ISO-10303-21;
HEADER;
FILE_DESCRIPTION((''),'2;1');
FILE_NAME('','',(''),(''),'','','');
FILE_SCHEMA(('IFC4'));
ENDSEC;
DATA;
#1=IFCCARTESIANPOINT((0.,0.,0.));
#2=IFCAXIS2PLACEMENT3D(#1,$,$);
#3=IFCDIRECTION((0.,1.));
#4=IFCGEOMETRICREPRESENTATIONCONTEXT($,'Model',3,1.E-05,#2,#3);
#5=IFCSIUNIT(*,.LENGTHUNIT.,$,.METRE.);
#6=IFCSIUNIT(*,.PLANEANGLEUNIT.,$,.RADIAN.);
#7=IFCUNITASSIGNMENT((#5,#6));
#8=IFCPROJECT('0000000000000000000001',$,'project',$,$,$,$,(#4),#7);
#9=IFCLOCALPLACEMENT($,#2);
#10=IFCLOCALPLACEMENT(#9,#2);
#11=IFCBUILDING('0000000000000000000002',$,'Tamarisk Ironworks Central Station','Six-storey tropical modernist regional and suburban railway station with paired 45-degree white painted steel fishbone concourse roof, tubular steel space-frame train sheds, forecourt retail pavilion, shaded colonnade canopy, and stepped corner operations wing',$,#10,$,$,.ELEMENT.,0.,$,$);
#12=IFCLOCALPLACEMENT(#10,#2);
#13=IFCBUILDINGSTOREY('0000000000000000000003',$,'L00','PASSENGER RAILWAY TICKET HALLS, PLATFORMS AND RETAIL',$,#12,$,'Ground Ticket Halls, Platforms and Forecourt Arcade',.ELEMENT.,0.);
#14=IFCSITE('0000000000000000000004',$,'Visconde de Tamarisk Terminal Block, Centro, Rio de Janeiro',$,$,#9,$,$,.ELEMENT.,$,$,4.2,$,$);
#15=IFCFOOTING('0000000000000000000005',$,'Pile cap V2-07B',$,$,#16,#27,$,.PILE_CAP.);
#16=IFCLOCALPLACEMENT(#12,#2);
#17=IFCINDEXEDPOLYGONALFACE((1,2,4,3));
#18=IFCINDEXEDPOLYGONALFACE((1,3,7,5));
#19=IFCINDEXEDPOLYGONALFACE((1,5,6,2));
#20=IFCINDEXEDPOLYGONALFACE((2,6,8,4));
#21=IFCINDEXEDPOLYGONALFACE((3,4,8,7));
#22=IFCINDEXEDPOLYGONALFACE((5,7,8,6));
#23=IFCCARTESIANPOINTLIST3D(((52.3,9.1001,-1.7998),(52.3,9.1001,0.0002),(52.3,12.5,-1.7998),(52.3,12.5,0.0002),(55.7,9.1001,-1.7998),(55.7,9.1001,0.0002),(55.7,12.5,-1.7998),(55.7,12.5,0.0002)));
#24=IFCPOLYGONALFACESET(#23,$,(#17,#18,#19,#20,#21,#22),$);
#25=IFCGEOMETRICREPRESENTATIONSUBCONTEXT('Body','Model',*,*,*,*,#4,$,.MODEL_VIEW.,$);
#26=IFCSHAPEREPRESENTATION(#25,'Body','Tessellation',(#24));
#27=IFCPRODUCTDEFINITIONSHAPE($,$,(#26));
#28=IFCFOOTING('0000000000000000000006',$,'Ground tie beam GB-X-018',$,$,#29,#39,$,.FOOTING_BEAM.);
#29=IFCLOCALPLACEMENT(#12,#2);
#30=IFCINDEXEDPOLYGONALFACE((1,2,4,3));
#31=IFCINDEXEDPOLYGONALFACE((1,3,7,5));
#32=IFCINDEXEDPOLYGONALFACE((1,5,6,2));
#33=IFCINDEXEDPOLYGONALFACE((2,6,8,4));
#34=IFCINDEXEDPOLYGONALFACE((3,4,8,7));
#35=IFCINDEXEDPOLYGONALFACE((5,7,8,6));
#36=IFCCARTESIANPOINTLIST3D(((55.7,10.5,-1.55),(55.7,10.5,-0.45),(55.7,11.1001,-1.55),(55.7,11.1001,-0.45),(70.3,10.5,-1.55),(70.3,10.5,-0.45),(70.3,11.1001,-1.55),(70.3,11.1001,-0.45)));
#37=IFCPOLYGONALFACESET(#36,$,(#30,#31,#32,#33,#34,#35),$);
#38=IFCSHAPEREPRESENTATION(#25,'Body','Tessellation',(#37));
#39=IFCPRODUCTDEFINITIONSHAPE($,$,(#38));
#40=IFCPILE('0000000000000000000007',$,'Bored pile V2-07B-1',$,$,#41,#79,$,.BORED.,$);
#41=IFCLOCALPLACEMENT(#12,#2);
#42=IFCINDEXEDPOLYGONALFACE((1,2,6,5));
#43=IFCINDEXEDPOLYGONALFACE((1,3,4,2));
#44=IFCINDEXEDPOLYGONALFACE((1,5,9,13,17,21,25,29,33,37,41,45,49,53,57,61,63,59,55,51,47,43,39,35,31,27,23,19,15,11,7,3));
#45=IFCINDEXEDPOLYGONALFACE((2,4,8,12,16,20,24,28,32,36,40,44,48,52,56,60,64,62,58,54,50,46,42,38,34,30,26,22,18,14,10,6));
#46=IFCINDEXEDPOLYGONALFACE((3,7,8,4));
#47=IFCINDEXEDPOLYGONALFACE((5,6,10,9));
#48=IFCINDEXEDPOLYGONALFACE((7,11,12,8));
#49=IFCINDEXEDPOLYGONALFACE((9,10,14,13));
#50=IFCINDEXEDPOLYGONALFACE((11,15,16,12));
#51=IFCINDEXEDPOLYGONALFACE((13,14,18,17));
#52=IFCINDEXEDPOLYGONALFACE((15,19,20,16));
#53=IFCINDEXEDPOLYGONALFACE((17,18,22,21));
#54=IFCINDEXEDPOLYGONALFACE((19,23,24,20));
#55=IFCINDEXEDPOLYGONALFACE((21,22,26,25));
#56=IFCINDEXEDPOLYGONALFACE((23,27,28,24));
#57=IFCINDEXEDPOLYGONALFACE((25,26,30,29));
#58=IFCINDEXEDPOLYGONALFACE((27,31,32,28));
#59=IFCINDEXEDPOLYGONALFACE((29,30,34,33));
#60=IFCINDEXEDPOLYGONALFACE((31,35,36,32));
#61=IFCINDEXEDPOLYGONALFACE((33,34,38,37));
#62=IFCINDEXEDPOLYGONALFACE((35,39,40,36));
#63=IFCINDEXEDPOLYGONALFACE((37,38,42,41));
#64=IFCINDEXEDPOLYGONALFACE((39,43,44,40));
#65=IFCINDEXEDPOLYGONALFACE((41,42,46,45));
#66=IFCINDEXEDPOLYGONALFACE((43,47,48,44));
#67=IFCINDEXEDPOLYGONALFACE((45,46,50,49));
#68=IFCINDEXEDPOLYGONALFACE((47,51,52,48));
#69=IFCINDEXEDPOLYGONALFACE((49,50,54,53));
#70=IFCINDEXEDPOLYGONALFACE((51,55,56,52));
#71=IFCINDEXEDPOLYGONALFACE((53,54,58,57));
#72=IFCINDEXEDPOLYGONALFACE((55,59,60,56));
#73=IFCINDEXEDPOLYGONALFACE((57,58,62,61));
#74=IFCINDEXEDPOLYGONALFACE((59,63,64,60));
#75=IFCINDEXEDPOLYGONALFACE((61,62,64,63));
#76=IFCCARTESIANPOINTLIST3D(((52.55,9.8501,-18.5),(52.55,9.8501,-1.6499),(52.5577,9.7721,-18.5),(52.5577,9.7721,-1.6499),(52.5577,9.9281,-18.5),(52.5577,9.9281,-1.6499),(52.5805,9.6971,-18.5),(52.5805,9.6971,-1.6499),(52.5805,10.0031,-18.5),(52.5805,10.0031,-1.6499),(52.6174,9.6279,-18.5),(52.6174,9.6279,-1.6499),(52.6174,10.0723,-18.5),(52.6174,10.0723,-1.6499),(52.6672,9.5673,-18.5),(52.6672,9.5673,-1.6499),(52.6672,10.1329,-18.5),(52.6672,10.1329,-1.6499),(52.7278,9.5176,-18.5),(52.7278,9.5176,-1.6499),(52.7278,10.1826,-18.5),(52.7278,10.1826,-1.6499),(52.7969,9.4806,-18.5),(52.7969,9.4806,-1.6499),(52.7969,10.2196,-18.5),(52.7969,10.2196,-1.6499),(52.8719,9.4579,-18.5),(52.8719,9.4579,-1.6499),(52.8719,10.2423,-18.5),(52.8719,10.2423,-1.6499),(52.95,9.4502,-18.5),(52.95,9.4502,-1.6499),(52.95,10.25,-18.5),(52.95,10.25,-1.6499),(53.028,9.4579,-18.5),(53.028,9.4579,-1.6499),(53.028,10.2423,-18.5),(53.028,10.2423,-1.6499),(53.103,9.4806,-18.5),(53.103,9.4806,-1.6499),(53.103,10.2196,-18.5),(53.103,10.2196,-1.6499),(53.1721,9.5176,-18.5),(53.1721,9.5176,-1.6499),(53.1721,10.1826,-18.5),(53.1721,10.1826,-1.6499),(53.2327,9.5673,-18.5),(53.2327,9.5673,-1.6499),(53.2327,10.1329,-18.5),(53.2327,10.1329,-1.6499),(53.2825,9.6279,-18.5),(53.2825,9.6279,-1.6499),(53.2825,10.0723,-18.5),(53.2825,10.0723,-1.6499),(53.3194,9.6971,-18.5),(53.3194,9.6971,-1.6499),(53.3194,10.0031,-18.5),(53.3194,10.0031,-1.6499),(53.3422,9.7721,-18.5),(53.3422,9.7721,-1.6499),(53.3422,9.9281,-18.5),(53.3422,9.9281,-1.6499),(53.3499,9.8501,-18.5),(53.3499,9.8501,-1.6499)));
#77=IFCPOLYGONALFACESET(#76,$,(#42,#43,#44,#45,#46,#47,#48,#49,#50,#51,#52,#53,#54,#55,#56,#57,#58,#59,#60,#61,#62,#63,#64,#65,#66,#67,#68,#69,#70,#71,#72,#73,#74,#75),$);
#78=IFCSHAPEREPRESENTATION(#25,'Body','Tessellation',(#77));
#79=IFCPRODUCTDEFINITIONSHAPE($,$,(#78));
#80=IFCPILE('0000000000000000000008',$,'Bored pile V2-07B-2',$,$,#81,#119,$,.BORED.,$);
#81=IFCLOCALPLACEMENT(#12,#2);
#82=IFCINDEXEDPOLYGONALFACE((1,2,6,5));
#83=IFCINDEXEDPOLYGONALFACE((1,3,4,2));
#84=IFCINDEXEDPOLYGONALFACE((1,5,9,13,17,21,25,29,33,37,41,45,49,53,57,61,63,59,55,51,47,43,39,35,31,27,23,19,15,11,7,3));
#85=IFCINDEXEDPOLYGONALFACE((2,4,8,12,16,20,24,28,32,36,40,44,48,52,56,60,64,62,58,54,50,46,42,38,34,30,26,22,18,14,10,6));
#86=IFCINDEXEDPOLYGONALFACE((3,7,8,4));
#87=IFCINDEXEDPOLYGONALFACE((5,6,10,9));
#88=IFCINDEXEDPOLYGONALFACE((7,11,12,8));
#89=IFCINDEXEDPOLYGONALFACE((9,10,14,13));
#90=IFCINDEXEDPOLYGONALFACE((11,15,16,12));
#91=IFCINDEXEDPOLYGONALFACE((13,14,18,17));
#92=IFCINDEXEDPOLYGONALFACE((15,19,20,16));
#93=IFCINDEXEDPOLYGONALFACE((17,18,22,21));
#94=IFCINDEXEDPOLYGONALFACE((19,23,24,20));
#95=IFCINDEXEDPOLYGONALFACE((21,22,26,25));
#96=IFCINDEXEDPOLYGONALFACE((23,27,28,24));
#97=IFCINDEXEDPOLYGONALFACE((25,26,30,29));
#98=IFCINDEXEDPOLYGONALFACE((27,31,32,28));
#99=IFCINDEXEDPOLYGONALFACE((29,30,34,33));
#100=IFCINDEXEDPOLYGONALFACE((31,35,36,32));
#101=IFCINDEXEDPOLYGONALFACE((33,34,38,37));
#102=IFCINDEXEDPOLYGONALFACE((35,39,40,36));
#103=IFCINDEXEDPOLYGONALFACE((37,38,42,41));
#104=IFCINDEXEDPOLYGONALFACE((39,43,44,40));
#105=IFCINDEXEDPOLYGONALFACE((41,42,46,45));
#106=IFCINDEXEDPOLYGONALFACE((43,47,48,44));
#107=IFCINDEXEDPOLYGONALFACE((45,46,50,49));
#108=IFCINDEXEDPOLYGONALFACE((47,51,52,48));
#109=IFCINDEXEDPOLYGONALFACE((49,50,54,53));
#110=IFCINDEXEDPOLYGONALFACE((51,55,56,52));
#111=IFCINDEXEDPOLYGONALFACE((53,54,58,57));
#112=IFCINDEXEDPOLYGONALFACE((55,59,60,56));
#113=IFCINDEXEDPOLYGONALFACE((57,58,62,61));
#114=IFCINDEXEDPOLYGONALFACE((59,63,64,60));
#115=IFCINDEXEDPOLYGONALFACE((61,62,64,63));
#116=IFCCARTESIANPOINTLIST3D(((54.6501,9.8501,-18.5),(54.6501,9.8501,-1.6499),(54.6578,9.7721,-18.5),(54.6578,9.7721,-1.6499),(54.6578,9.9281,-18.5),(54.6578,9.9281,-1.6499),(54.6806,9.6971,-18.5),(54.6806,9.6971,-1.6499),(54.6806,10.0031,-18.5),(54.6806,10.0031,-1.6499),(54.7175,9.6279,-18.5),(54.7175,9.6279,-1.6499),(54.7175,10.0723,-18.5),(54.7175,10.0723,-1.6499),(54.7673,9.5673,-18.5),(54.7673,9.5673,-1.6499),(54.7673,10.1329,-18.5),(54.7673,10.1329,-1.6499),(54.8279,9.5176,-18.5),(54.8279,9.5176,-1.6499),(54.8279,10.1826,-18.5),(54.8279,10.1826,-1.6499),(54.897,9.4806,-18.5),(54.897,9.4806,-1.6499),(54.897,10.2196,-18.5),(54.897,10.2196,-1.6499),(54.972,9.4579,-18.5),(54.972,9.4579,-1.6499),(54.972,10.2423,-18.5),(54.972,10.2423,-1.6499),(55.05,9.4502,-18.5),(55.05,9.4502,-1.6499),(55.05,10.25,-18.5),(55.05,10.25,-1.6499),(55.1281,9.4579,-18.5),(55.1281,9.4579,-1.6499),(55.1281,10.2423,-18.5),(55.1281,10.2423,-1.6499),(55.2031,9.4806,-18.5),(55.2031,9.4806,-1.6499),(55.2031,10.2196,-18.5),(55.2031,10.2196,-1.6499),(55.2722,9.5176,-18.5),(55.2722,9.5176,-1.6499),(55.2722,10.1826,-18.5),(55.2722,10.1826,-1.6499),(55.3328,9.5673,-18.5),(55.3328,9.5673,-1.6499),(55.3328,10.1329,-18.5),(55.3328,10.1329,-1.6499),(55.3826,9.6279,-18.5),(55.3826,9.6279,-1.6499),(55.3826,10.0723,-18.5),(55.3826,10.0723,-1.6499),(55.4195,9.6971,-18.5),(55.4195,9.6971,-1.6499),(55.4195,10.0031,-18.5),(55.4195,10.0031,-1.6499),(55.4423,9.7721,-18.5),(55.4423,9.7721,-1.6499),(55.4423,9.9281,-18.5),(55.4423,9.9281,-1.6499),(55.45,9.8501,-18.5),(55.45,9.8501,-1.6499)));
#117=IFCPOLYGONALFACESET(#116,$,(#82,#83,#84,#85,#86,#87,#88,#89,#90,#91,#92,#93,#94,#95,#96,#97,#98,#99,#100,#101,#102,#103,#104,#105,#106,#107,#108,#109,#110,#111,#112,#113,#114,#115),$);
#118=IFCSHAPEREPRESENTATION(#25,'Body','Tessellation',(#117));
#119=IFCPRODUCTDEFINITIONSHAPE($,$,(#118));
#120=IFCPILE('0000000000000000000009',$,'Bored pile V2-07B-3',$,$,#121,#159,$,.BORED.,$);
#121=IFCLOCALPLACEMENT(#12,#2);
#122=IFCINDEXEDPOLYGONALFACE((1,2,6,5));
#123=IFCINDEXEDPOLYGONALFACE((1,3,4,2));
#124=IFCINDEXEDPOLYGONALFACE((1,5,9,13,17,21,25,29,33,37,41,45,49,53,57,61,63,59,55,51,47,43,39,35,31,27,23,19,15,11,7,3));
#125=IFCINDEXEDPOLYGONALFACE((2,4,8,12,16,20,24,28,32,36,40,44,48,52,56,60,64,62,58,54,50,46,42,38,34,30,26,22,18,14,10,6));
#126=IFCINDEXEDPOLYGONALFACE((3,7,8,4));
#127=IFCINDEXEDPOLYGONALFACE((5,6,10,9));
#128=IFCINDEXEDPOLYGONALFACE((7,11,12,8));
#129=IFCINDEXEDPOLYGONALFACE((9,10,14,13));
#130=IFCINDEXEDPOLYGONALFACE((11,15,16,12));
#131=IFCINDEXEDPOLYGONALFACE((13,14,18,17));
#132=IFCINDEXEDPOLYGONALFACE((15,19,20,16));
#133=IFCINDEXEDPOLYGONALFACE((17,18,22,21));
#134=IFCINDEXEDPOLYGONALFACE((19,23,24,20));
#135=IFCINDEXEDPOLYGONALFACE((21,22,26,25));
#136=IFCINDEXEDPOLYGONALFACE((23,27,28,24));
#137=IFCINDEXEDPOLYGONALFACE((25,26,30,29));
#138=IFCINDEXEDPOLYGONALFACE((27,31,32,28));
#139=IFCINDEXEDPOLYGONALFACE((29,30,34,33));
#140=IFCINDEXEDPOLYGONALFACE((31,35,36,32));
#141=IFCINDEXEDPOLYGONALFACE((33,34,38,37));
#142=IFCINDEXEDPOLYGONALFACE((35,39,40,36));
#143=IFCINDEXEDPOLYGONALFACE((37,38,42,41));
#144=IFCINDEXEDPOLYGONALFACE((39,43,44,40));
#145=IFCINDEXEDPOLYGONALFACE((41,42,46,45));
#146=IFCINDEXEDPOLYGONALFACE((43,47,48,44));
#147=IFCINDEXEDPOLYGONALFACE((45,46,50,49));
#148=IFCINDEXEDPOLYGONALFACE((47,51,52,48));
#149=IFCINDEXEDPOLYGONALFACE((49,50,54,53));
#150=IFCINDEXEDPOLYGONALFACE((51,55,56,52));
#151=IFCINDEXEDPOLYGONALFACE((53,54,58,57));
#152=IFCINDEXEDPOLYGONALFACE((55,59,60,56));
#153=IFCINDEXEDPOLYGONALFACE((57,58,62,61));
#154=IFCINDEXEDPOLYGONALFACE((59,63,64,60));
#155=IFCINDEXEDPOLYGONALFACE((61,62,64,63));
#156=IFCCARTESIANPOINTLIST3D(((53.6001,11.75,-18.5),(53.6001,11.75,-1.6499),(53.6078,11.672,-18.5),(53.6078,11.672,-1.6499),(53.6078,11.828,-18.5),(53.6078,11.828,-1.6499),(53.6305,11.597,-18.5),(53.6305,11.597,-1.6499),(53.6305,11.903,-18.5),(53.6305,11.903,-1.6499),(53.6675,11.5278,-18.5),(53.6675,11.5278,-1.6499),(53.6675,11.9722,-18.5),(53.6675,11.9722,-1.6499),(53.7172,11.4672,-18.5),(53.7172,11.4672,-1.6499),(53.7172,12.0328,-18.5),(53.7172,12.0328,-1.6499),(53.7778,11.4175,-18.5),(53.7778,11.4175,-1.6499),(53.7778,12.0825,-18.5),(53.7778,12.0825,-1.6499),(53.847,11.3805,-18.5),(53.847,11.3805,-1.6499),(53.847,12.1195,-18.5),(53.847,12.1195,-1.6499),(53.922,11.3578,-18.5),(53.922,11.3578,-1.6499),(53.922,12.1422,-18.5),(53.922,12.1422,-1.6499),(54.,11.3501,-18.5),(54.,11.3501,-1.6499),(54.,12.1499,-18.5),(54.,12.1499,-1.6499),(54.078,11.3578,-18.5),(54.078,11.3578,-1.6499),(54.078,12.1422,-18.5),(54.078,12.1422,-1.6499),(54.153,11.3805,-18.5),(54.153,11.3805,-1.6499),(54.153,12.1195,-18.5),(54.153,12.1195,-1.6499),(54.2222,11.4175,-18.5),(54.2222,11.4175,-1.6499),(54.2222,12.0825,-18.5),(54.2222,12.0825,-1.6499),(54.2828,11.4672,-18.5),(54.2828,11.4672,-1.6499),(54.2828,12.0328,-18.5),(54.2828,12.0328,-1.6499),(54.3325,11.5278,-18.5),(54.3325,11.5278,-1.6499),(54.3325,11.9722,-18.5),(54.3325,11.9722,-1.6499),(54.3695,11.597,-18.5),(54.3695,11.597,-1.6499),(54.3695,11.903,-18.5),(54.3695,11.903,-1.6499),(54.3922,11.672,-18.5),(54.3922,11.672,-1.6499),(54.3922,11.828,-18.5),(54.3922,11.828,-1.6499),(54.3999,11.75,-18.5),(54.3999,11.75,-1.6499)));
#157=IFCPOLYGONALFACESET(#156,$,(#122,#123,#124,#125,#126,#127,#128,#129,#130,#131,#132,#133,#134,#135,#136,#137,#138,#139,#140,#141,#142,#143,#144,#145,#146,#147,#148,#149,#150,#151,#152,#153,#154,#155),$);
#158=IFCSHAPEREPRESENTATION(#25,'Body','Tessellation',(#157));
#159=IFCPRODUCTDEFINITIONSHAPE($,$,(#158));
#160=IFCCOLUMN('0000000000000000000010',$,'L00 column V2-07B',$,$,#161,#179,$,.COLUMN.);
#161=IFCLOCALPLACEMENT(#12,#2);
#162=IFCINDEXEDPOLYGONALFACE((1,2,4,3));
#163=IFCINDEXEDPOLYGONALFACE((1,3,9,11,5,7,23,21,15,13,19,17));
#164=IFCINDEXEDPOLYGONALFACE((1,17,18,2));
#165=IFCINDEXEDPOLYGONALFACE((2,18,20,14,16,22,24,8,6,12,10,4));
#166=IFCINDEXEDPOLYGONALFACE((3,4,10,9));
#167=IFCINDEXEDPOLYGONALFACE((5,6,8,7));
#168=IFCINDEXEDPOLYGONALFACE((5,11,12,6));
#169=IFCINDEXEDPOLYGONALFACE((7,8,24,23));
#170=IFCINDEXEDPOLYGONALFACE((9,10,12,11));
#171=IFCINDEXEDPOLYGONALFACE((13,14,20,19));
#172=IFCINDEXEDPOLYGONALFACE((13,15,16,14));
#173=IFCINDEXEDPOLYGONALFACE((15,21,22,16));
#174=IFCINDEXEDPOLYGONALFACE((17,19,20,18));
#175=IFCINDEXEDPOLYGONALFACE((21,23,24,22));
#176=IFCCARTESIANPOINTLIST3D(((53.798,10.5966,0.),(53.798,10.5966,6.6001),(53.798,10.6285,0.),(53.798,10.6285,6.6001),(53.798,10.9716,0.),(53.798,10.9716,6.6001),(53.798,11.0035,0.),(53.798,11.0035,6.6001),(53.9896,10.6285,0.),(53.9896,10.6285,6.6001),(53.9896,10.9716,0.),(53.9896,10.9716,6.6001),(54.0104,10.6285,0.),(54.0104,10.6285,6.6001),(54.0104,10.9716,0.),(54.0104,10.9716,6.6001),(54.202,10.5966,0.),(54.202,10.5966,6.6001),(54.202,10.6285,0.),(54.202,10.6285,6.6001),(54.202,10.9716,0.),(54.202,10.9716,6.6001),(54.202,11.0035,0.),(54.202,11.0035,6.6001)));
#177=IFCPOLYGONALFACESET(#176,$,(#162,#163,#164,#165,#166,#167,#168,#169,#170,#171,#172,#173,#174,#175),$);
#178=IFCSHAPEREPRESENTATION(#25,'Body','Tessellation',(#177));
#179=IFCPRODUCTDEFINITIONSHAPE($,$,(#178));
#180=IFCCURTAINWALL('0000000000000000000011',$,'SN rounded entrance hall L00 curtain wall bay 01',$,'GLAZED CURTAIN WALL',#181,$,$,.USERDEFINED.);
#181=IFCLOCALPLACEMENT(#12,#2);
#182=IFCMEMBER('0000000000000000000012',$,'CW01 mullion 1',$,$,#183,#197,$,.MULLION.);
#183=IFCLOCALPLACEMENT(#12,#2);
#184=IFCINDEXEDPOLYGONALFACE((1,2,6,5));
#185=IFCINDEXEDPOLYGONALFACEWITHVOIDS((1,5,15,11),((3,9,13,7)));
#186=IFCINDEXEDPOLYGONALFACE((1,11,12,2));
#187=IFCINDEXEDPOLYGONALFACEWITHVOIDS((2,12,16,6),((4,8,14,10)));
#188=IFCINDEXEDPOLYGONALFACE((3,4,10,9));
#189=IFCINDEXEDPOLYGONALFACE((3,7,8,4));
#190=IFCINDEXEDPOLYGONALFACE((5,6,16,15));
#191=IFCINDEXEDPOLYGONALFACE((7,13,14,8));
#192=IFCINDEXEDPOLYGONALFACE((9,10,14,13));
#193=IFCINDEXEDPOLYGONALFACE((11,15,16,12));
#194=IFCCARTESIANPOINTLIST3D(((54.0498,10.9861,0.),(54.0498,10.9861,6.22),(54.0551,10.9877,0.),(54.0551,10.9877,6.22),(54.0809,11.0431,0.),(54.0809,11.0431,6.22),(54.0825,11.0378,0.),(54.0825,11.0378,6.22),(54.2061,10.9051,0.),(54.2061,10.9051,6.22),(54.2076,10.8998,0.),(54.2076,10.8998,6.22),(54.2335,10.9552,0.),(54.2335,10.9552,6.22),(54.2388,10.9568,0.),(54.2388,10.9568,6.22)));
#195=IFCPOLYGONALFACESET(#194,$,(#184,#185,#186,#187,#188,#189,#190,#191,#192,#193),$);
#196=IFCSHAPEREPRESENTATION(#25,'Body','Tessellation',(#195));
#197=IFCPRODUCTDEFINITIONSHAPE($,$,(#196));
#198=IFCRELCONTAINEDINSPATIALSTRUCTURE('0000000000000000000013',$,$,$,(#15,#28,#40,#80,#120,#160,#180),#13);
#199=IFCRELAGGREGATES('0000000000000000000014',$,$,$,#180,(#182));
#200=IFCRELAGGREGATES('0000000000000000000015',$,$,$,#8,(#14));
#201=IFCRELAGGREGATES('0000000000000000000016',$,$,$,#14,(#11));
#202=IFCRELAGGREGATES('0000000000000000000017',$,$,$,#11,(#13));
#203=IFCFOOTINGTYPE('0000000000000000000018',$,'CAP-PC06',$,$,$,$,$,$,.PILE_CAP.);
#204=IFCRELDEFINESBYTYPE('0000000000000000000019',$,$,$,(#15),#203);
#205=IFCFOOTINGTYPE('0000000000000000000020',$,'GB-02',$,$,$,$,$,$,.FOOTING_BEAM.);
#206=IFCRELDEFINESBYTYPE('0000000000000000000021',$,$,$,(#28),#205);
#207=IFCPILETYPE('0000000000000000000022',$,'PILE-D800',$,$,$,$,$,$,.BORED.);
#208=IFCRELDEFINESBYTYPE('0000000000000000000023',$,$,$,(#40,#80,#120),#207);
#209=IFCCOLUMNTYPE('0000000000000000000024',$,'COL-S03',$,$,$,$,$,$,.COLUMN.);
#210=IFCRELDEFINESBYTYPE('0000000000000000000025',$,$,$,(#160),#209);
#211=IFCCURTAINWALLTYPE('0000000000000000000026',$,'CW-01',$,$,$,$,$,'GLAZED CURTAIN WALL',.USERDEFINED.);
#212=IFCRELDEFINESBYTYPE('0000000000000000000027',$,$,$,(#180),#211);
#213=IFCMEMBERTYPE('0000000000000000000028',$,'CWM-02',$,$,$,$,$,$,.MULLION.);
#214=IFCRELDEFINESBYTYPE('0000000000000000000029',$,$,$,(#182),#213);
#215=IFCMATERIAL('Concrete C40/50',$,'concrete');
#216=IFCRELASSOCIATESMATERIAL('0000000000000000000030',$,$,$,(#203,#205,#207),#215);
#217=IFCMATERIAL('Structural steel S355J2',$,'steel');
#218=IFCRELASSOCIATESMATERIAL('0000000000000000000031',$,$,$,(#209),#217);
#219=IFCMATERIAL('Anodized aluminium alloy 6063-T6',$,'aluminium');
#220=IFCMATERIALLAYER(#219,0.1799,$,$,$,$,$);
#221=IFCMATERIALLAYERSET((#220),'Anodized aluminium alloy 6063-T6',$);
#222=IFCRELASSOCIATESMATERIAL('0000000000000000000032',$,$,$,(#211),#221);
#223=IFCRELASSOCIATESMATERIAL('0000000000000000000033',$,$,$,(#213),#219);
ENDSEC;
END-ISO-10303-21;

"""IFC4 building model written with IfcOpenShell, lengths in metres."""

from ifc_helpers import new_model, si_unit, direction, frame, origin, origin_2d, place, context, subcontext, project, spatial, rectangle, hollow_rectangle, circle, i_section, extrude, material, layer, layer_set, material_profile, profile_set, type_object, element, aggregate, save


model = new_model("IFC4")

# Units and contexts
model_context = context("Model", 3, precision=1e-05, world=origin(), true_north=direction((0.0, 1.0)))
body_context = subcontext(model_context, "Body", "Model", "MODEL_VIEW")
ifc_project = project(units=[si_unit("LENGTHUNIT", "METRE"), si_unit("PLANEANGLEUNIT", "RADIAN")], contexts=[model_context])

# Site, building, storey
site_placement = place(None, origin())
site = spatial("IfcSite", under=ifc_project, at=site_placement, Name="Visconde de Tamarisk Terminal Block, Centro, Rio de Janeiro", CompositionType="ELEMENT", RefElevation=4.2)
building_placement = place(site_placement, origin())
building = spatial("IfcBuilding", under=site, at=building_placement, Name="Tamarisk Ironworks Central Station", Description="Six-storey tropical modernist regional and suburban railway station with paired 45-degree white painted steel fishbone concourse roof, tubular steel space-frame train sheds, forecourt retail pavilion, shaded colonnade canopy, and stepped corner operations wing", CompositionType="ELEMENT", ElevationOfRefHeight=0.0)
storey_placement = place(building_placement, origin())
storey = spatial("IfcBuildingStorey", under=building, at=storey_placement, Name="L00", Description="PASSENGER RAILWAY TICKET HALLS, PLATFORMS AND RETAIL", LongName="Ground Ticket Halls, Platforms and Forecourt Arcade", CompositionType="ELEMENT", Elevation=0.0)

# Footings
ifc_material_1 = material(Name="Concrete C40/50", Category="concrete")
footing_type_1 = type_object("IfcFootingType", Name="CAP-PC06", PredefinedType="PILE_CAP", material=ifc_material_1)
footing_1_placement = place(storey_placement, frame((54.0, 10.8, -1.7998), z_axis=(0.0, 0.0, 1.0), x_axis=(1.0, 0.0, 0.0)))
element("IfcFooting", 1, at=footing_1_placement, inside=storey, type_object=footing_type_1, Name="Pile cap V2-07B", PredefinedType="PILE_CAP", context=body_context, shape_type="SweptSolid", body=[
    extrude(rectangle(XDim=3.3999, YDim=3.3999, at=origin_2d()), origin(), (0.0, 0.0, 1.0), 1.8),
])
ifc_material_profile_1 = material_profile(ifc_material_1, rectangle(XDim=0.6001, YDim=1.1001, at=origin_2d()), Name="GB02 600x1100")
ifc_profile_set_1 = profile_set([ifc_material_profile_1], Name="Concrete C40/50")
footing_type_2 = type_object("IfcFootingType", Name="GB-02", PredefinedType="FOOTING_BEAM", material=ifc_profile_set_1)
footing_2_placement = place(storey_placement, frame((55.7, 10.8, -1.0), z_axis=(1.0, 0.0, 0.0), x_axis=(0.0, 1.0, 0.0)))
element("IfcFooting", 2, at=footing_2_placement, inside=storey, type_object=footing_type_2, Name="Ground tie beam GB-X-018", PredefinedType="FOOTING_BEAM", context=body_context, shape_type="SweptSolid", body=[
    extrude(rectangle(XDim=0.6001, YDim=1.1001, at=origin_2d()), origin(), (0.0, 0.0, 1.0), 14.6001),
])

# Piles
ifc_material_profile_2 = material_profile(ifc_material_1, circle(Radius=0.3999, at=origin_2d()), Name="BORED PILE D800")
ifc_profile_set_2 = profile_set([ifc_material_profile_2], Name="Concrete C40/50")
pile_type = type_object("IfcPileType", Name="PILE-D800", PredefinedType="BORED", material=ifc_profile_set_2)
for number, where, z_axis, x_axis, name in (
    (3, (52.95, 9.8501, -1.6499), (0.0, 0.0, -1.0), (1.0, 0.0, 0.0), "Bored pile V2-07B-1"),
    (4, (55.05, 9.8501, -1.6499), (0.0, 0.0, -1.0), (1.0, 0.0, 0.0), "Bored pile V2-07B-2"),
    (5, (54.0, 11.75, -1.6499), (0.0, 0.0, -1.0), (1.0, 0.0, 0.0), "Bored pile V2-07B-3"),
):
    element("IfcPile", number, at=place(storey_placement, frame(where, z_axis=z_axis, x_axis=x_axis)), inside=storey, type_object=pile_type, Name=name, PredefinedType="BORED", context=body_context, shape_type="SweptSolid", body=[
        extrude(circle(Radius=0.3999, at=origin_2d()), origin(), (0.0, 0.0, 1.0), 16.8501),
    ])

# Column
ifc_material_2 = material(Name="Structural steel S355J2", Category="steel")
ifc_material_profile_3 = material_profile(ifc_material_2, i_section(OverallWidth=0.4041, OverallDepth=0.407, WebThickness=0.0208, FlangeThickness=0.032, at=origin_2d()), Name="HD 400x347")
ifc_profile_set_3 = profile_set([ifc_material_profile_3], Name="Structural steel S355J2")
column_type = type_object("IfcColumnType", Name="COL-S03", PredefinedType="COLUMN", material=ifc_profile_set_3)
column_placement = place(storey_placement, frame((54.0, 10.8, 0.0), z_axis=(0.0, 0.0, 1.0), x_axis=(1.0, 0.0, 0.0)))
element("IfcColumn", 6, at=column_placement, inside=storey, type_object=column_type, Name="L00 column V2-07B", PredefinedType="COLUMN", context=body_context, shape_type="SweptSolid", body=[
    extrude(i_section(OverallWidth=0.4041, OverallDepth=0.407, WebThickness=0.0208, FlangeThickness=0.032, at=origin_2d()), origin(), (0.0, 0.0, 1.0), 6.6001),
])

# Curtain wall, member
ifc_material_3 = material(Name="Anodized aluminium alloy 6063-T6", Category="aluminium")
ifc_layer_1 = layer(ifc_material_3, 0.1799)
ifc_layer_set_1 = layer_set([ifc_layer_1], Name="Anodized aluminium alloy 6063-T6")
curtain_wall_type = type_object("IfcCurtainWallType", Name="CW-01", ElementType="GLAZED CURTAIN WALL", PredefinedType="USERDEFINED", material=ifc_layer_set_1)
curtain_wall_1_placement = place(storey_placement, origin())
curtain_wall_1 = element("IfcCurtainWall", 7, at=curtain_wall_1_placement, inside=storey, type_object=curtain_wall_type, Name="SN rounded entrance hall L00 curtain wall bay 01", ObjectType="GLAZED CURTAIN WALL", PredefinedType="USERDEFINED")
ifc_material_profile_4 = material_profile(ifc_material_3, hollow_rectangle(XDim=0.0649, YDim=0.1799, WallThickness=0.0039, at=origin_2d()), Name="ALUM 180x65")
ifc_profile_set_4 = profile_set([ifc_material_profile_4], Name="Anodized aluminium alloy 6063-T6")
member_type_1 = type_object("IfcMemberType", Name="CWM-02", PredefinedType="MULLION", material=ifc_profile_set_4)
member_1_placement = place(storey_placement, frame((54.1443, 10.9714, 0.0), z_axis=(0.0, 0.0, 1.0), x_axis=(0.479805, 0.877375, 0.0)))
member_1 = element("IfcMember", 8, at=member_1_placement, type_object=member_type_1, Name="CW01 mullion 1", PredefinedType="MULLION", context=body_context, shape_type="SweptSolid", body=[
    extrude(hollow_rectangle(XDim=0.0649, YDim=0.1799, WallThickness=0.0039, at=origin_2d()), origin(), (0.0, 0.0, 1.0), 6.22),
])

aggregate(curtain_wall_1, [member_1])

save(model, "model.ifc")
